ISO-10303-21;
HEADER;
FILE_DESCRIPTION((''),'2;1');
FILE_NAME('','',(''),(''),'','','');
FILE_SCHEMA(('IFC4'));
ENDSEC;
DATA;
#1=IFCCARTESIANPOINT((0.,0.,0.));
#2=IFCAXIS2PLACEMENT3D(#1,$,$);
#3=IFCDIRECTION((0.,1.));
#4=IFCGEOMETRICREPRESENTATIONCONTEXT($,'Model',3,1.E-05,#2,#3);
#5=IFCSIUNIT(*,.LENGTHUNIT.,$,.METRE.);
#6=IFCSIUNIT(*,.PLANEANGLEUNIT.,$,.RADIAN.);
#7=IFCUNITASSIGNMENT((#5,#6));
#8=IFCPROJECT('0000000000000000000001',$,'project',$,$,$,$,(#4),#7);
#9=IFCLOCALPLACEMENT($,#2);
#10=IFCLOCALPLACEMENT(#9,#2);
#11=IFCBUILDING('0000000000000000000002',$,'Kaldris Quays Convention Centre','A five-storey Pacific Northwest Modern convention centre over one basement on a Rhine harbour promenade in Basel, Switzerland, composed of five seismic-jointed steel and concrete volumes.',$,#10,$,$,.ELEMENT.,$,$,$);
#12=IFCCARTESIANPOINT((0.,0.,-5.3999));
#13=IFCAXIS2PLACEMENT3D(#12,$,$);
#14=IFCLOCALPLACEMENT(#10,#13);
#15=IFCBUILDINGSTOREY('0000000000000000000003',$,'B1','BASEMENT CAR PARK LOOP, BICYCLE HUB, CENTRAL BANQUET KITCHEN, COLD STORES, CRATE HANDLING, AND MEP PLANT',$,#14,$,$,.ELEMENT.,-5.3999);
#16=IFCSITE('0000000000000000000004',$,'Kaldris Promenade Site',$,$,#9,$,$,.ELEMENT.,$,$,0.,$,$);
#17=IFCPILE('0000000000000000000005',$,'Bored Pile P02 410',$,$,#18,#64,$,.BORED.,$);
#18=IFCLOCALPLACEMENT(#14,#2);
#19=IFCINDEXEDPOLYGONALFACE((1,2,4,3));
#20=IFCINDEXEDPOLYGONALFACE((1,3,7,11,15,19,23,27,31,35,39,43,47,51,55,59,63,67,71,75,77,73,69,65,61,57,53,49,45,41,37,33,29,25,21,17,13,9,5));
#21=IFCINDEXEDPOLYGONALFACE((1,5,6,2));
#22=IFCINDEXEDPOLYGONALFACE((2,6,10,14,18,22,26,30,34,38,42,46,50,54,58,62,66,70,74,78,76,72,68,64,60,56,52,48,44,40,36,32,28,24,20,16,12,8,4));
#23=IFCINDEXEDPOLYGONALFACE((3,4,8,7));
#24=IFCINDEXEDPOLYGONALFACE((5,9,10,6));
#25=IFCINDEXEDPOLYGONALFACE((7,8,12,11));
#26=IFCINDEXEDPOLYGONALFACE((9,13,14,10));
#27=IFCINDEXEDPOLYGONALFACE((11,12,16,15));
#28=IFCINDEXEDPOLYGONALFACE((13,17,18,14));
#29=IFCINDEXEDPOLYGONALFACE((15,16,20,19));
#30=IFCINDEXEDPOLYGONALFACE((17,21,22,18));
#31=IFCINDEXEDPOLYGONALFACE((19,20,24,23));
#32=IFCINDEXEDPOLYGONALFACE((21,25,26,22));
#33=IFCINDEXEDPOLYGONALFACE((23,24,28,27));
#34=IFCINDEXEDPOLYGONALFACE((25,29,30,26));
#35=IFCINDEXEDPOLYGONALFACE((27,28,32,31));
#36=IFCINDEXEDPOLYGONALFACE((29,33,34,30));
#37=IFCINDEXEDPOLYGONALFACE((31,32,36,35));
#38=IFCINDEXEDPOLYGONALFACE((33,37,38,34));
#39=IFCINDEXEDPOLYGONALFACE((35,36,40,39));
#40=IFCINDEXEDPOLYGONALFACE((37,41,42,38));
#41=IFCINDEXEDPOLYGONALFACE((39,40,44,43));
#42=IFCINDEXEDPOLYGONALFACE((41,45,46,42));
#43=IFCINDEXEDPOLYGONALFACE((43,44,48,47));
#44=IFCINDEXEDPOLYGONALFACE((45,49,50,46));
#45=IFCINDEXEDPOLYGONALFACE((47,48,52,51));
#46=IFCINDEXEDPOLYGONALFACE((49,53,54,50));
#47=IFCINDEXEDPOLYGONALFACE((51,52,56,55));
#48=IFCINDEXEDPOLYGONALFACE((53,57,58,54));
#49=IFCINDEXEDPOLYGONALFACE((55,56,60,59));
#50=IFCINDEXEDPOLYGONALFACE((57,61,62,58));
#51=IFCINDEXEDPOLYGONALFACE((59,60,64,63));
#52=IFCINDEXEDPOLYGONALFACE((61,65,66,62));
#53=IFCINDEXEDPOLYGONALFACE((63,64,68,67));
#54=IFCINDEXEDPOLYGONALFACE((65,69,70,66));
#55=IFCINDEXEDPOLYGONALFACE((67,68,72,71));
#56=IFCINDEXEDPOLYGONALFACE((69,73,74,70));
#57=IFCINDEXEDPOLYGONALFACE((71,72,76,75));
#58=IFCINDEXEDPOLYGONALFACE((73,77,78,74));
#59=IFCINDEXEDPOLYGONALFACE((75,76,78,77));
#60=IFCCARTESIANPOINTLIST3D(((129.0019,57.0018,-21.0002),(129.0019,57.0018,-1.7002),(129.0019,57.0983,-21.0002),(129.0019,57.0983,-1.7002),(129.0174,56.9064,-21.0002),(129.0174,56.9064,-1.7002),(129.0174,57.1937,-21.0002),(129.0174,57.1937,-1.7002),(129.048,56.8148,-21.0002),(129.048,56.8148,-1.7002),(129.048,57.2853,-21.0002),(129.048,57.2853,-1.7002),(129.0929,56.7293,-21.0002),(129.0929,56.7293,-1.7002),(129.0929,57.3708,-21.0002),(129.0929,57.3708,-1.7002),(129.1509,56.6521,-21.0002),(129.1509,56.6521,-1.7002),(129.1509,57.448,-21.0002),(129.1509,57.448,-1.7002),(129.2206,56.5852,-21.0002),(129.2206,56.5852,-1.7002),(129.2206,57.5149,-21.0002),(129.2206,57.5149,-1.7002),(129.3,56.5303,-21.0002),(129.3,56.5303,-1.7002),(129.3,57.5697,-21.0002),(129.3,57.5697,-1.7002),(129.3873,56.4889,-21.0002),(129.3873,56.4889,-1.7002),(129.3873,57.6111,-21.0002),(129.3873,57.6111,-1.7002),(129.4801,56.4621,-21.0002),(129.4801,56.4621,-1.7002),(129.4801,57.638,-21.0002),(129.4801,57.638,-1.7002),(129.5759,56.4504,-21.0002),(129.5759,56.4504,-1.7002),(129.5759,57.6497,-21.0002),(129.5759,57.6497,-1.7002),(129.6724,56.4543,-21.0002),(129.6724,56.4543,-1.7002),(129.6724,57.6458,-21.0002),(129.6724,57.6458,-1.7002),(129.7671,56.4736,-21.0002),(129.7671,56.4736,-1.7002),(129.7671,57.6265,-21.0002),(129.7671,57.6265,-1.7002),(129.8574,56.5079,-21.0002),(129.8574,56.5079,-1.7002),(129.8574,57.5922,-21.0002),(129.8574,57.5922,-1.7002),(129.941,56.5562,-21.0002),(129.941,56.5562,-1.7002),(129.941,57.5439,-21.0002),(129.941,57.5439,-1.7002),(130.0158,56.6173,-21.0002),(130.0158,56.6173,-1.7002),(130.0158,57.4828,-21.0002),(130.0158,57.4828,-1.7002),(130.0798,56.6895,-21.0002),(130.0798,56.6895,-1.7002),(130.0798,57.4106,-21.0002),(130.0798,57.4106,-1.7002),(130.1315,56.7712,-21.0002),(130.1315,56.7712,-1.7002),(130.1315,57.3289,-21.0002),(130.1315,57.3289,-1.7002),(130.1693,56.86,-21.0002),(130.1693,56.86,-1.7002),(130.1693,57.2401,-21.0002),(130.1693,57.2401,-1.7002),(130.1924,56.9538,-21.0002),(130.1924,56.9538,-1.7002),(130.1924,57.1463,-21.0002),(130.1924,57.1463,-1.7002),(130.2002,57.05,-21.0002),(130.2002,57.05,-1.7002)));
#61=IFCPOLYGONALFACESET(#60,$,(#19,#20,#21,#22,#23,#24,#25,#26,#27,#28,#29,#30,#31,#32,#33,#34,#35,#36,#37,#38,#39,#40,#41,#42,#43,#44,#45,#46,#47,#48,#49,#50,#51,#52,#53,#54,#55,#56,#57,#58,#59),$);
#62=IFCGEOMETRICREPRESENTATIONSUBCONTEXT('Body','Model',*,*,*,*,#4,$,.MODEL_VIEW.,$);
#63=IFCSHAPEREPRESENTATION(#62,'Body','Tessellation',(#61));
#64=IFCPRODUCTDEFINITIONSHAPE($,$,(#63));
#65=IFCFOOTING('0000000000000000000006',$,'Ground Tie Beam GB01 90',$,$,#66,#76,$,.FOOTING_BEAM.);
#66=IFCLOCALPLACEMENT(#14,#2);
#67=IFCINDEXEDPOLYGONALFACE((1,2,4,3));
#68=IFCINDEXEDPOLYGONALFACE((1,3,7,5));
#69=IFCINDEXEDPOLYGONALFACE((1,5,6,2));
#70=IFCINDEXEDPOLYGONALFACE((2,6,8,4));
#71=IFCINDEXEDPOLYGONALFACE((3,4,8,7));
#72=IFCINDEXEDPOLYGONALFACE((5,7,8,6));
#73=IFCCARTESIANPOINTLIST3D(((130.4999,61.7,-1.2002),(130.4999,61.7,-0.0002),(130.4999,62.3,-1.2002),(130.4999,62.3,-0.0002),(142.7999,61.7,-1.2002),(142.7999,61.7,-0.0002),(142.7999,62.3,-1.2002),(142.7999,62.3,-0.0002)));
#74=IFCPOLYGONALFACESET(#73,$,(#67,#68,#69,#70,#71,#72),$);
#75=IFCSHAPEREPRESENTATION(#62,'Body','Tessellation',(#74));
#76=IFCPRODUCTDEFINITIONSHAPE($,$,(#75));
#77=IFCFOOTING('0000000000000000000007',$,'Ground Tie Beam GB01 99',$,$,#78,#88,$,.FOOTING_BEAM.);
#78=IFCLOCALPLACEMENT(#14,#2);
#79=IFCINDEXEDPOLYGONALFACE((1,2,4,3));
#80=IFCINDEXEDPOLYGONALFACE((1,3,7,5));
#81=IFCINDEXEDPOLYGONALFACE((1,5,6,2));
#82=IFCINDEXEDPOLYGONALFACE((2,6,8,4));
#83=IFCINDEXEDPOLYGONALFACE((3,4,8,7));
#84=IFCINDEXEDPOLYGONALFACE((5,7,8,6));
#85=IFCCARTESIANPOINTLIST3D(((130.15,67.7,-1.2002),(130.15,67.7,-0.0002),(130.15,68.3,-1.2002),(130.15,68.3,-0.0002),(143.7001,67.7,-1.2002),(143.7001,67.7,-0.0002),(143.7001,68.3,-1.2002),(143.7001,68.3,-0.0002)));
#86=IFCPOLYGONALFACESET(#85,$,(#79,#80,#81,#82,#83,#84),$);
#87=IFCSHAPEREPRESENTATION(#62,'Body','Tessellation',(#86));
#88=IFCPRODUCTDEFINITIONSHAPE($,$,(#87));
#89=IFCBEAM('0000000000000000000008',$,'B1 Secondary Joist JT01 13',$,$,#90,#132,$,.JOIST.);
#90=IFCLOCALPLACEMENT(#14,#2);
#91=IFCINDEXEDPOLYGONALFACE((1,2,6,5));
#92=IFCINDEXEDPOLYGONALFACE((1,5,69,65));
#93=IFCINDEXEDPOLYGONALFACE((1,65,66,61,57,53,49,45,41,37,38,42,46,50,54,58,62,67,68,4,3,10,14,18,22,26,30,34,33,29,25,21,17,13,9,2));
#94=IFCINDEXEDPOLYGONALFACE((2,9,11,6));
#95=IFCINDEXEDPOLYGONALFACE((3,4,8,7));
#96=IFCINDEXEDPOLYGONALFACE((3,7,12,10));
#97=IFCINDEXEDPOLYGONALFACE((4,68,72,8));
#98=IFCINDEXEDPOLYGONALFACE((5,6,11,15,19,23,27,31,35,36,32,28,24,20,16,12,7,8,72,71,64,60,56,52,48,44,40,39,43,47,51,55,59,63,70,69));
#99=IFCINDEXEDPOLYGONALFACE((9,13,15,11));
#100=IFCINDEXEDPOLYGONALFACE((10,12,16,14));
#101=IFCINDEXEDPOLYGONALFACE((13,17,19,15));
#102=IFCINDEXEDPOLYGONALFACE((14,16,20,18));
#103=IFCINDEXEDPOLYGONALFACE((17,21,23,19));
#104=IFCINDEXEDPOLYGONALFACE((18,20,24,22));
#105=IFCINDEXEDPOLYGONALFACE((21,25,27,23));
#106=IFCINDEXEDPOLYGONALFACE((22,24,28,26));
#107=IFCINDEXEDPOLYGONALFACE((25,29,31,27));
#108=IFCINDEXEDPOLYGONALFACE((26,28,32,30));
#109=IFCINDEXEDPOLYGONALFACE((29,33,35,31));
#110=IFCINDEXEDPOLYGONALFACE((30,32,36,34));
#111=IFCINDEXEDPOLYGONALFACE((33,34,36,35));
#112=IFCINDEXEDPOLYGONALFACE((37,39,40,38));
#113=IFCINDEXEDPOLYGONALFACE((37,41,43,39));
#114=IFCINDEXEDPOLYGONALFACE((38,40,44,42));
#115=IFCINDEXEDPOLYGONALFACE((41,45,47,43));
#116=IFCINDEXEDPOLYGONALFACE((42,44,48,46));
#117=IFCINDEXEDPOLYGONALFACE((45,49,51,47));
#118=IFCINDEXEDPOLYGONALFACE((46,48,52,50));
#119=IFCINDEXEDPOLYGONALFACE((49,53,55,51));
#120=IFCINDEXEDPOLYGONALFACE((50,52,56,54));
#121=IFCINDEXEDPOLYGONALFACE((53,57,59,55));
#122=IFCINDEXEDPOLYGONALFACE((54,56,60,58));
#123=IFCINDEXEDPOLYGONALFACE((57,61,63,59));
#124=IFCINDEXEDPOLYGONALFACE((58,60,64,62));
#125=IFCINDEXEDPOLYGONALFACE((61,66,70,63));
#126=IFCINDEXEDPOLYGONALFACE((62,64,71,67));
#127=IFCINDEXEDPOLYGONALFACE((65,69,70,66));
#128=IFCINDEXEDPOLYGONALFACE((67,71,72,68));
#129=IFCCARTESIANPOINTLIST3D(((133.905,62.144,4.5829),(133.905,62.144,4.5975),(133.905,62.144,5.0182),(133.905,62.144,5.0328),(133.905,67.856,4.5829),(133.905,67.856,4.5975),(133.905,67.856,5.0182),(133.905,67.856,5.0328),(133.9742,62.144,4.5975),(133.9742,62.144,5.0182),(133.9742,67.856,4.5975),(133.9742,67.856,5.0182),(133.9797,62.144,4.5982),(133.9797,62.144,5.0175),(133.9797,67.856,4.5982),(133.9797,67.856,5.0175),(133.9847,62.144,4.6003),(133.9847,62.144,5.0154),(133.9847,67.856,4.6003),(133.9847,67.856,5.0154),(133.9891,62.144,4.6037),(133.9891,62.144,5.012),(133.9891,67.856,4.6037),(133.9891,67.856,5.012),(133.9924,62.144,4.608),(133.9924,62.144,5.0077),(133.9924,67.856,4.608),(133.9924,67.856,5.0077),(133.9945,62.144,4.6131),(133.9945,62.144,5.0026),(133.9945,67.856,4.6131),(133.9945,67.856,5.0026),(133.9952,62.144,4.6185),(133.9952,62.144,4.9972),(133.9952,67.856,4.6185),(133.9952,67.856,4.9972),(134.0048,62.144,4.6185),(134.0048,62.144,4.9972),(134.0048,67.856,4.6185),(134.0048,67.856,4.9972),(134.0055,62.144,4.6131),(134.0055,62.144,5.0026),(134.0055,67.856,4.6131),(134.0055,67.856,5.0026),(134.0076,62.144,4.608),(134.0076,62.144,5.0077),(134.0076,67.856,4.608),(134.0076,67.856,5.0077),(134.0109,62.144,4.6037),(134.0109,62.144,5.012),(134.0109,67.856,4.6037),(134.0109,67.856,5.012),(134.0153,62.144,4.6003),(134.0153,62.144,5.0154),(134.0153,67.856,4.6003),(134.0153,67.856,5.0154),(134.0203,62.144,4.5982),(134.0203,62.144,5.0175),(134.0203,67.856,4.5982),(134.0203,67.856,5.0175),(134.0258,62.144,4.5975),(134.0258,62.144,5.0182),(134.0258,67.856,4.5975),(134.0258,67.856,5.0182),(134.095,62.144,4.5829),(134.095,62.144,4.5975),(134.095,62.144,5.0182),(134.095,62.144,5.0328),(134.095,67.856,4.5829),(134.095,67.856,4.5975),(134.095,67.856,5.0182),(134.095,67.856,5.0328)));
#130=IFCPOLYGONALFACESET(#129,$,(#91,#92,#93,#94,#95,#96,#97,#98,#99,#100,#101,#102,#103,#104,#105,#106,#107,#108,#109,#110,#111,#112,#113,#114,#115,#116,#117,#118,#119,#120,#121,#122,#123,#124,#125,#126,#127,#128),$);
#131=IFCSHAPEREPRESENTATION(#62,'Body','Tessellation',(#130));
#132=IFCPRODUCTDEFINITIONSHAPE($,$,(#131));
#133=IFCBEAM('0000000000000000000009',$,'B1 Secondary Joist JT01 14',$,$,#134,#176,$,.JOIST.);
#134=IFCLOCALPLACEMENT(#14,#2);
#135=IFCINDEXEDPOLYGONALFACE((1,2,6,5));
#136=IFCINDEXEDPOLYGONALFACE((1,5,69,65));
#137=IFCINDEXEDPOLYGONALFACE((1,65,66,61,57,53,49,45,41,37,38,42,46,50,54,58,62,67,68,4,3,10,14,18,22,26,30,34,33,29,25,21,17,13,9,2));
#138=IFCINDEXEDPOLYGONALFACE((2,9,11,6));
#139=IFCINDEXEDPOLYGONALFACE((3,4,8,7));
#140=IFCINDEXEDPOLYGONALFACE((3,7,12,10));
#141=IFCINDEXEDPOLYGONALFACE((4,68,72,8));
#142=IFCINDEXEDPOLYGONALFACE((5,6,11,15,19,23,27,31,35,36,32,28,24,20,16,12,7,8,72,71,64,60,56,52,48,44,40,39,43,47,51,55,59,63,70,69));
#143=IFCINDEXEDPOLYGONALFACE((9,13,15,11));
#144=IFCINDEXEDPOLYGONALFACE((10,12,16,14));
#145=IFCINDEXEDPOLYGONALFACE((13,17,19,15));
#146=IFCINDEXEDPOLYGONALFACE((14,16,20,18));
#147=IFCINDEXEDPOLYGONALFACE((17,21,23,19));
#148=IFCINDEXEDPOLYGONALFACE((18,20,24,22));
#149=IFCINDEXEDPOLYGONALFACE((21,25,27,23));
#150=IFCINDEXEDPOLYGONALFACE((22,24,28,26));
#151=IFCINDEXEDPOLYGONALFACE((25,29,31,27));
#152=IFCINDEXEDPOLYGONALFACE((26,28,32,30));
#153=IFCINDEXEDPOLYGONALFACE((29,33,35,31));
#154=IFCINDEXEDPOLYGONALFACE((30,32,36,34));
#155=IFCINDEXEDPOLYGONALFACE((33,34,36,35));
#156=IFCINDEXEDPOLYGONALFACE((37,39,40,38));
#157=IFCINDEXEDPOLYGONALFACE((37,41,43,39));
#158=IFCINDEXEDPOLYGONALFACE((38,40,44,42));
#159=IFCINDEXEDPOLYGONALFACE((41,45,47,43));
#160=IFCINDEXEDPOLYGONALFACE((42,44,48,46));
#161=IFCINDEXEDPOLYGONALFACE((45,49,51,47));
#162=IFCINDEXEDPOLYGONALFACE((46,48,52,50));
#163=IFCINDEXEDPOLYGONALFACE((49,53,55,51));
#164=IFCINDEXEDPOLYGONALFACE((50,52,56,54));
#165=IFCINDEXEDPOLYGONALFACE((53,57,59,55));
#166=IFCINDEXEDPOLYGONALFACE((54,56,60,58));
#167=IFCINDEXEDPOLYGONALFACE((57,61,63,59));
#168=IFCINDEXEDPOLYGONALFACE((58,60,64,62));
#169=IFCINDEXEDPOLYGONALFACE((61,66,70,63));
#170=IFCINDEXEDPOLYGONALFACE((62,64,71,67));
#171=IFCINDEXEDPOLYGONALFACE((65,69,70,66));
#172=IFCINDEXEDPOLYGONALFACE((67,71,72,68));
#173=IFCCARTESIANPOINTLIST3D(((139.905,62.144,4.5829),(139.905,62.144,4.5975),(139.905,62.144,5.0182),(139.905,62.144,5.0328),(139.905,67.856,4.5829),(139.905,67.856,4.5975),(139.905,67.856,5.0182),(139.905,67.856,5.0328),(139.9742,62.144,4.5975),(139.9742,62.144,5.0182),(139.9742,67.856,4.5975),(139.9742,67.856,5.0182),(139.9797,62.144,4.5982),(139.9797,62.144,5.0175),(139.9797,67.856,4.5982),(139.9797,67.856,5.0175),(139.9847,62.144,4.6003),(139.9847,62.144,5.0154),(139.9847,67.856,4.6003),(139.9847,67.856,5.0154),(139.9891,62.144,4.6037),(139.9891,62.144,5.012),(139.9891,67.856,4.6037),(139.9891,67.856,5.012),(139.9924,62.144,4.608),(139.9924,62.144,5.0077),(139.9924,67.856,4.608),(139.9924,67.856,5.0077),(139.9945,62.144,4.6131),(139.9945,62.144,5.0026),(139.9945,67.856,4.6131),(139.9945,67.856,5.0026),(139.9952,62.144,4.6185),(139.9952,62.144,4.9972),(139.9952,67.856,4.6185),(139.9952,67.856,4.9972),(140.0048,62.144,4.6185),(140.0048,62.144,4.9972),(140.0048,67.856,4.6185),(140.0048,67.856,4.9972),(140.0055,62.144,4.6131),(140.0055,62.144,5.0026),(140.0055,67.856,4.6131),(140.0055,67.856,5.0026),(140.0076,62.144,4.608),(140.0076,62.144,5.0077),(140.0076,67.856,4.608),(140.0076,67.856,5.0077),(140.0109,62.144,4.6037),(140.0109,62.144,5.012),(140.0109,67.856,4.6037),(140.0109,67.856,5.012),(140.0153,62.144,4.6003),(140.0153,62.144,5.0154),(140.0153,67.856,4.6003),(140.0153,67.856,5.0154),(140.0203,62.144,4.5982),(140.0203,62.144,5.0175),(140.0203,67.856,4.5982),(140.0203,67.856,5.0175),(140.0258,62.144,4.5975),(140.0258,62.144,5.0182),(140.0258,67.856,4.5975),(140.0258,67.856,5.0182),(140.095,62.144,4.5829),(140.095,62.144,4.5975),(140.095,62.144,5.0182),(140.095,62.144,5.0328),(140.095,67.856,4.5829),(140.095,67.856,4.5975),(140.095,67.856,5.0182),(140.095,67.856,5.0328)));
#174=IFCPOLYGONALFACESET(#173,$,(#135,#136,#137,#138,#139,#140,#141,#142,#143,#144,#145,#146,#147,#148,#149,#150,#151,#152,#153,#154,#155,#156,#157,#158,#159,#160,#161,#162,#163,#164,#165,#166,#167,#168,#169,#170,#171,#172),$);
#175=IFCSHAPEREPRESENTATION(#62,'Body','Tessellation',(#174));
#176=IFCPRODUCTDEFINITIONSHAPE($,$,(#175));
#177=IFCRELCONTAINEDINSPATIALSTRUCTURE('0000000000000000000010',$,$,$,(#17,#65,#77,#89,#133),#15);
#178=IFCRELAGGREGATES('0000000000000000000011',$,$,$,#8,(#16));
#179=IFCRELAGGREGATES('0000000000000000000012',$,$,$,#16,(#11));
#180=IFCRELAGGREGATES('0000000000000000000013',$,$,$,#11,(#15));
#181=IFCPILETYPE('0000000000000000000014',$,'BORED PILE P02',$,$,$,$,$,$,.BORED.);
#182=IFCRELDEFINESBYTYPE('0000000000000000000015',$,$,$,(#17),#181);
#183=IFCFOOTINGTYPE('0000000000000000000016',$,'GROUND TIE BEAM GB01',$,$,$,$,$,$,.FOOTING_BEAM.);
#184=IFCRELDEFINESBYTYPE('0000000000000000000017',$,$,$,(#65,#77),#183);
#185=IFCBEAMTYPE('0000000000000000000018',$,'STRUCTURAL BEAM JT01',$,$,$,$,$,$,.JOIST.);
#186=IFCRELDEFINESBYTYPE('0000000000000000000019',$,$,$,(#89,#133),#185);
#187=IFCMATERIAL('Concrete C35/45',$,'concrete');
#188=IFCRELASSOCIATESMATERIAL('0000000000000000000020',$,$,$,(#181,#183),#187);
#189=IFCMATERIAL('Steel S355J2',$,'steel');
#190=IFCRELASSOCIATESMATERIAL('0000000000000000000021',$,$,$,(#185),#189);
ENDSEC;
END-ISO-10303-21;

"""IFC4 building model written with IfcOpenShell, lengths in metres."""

from ifc_helpers import new_model, si_unit, direction, frame, origin, origin_2d, place, context, subcontext, project, spatial, rectangle, circle, i_section, extrude, material, material_profile, profile_set, type_object, element, save


model = new_model("IFC4")

# Units and contexts
model_context = context("Model", 3, precision=1e-05, world=origin(), true_north=direction((0.0, 1.0)))
body_context = subcontext(model_context, "Body", "Model", "MODEL_VIEW")
ifc_project = project(units=[si_unit("LENGTHUNIT", "METRE"), si_unit("PLANEANGLEUNIT", "RADIAN")], contexts=[model_context])

# Site, building, storey
site_placement = place(None, origin())
site = spatial("IfcSite", under=ifc_project, at=site_placement, Name="Kaldris Promenade Site", CompositionType="ELEMENT", RefElevation=0.0)
building_placement = place(site_placement, origin())
building = spatial("IfcBuilding", under=site, at=building_placement, Name="Kaldris Quays Convention Centre", Description="A five-storey Pacific Northwest Modern convention centre over one basement on a Rhine harbour promenade in Basel, Switzerland, composed of five seismic-jointed steel and concrete volumes.", CompositionType="ELEMENT")
storey_placement = place(building_placement, frame((0.0, 0.0, -5.3999)))
storey = spatial("IfcBuildingStorey", under=building, at=storey_placement, Name="B1", Description="BASEMENT CAR PARK LOOP, BICYCLE HUB, CENTRAL BANQUET KITCHEN, COLD STORES, CRATE HANDLING, AND MEP PLANT", CompositionType="ELEMENT", Elevation=-5.3999)

# Pile
ifc_material_1 = material(Name="Concrete C35/45", Category="concrete")
ifc_material_profile_1 = material_profile(ifc_material_1, circle(Radius=0.6001, at=origin_2d()), Name="BORED PILE D1200")
ifc_profile_set_1 = profile_set([ifc_material_profile_1], Name="Concrete C35/45")
pile_type_1 = type_object("IfcPileType", Name="BORED PILE P02", PredefinedType="BORED", material=ifc_profile_set_1)
pile_placement = place(storey_placement, frame((129.6001, 57.05, -1.7002), z_axis=(0.0, 0.0, -1.0), x_axis=(1.0, 0.0, 0.0)))
element("IfcPile", 1, at=pile_placement, inside=storey, type_object=pile_type_1, Name="Bored Pile P02 410", PredefinedType="BORED", context=body_context, shape_type="SweptSolid", body=[
    extrude(circle(Radius=0.6001, at=origin_2d()), origin(), (0.0, 0.0, 1.0), 19.3),
])

# Footings
footing_type = type_object("IfcFootingType", Name="GROUND TIE BEAM GB01", PredefinedType="FOOTING_BEAM", material=ifc_material_1)
footing_1_placement = place(storey_placement, frame((136.6499, 62.0, -1.2002), z_axis=(0.0, 0.0, 1.0), x_axis=(1.0, 0.0, 0.0)))
element("IfcFooting", 2, at=footing_1_placement, inside=storey, type_object=footing_type, Name="Ground Tie Beam GB01 90", PredefinedType="FOOTING_BEAM", context=body_context, shape_type="SweptSolid", body=[
    extrude(rectangle(XDim=12.3, YDim=0.6001, at=origin_2d()), origin(), (0.0, 0.0, 1.0), 1.2),
])
footing_2_placement = place(storey_placement, frame((136.925, 68.0, -1.2002), z_axis=(0.0, 0.0, 1.0), x_axis=(1.0, 0.0, 0.0)))
element("IfcFooting", 3, at=footing_2_placement, inside=storey, type_object=footing_type, Name="Ground Tie Beam GB01 99", PredefinedType="FOOTING_BEAM", context=body_context, shape_type="SweptSolid", body=[
    extrude(rectangle(XDim=13.55, YDim=0.6001, at=origin_2d()), origin(), (0.0, 0.0, 1.0), 1.2),
])

# Beams
ifc_material_2 = material(Name="Steel S355J2", Category="steel")
ifc_material_profile_2 = material_profile(ifc_material_2, i_section(OverallWidth=0.1899, OverallDepth=0.45, WebThickness=0.0095, FlangeThickness=0.0146, FilletRadius=0.021, at=origin_2d()), Name="IPE 450")
ifc_profile_set_2 = profile_set([ifc_material_profile_2], Name="Steel S355J2")
beam_type = type_object("IfcBeamType", Name="STRUCTURAL BEAM JT01", PredefinedType="JOIST", material=ifc_profile_set_2)
for number, where, z_axis, x_axis, name in (
    (4, (134.0, 62.144, 4.8079), (0.0, 1.0, 0.0), (-1.0, 0.0, 0.0), "B1 Secondary Joist JT01 13"),
    (5, (140.0, 62.144, 4.8079), (0.0, 1.0, 0.0), (-1.0, 0.0, 0.0), "B1 Secondary Joist JT01 14"),
):
    element("IfcBeam", number, at=place(storey_placement, frame(where, z_axis=z_axis, x_axis=x_axis)), inside=storey, type_object=beam_type, Name=name, PredefinedType="JOIST", context=body_context, shape_type="SweptSolid", body=[
        extrude(i_section(OverallWidth=0.1899, OverallDepth=0.45, WebThickness=0.0095, FlangeThickness=0.0146, FilletRadius=0.021, at=origin_2d()), origin(), (0.0, 0.0, 1.0), 5.7119),
    ])

save(model, "model.ifc")
